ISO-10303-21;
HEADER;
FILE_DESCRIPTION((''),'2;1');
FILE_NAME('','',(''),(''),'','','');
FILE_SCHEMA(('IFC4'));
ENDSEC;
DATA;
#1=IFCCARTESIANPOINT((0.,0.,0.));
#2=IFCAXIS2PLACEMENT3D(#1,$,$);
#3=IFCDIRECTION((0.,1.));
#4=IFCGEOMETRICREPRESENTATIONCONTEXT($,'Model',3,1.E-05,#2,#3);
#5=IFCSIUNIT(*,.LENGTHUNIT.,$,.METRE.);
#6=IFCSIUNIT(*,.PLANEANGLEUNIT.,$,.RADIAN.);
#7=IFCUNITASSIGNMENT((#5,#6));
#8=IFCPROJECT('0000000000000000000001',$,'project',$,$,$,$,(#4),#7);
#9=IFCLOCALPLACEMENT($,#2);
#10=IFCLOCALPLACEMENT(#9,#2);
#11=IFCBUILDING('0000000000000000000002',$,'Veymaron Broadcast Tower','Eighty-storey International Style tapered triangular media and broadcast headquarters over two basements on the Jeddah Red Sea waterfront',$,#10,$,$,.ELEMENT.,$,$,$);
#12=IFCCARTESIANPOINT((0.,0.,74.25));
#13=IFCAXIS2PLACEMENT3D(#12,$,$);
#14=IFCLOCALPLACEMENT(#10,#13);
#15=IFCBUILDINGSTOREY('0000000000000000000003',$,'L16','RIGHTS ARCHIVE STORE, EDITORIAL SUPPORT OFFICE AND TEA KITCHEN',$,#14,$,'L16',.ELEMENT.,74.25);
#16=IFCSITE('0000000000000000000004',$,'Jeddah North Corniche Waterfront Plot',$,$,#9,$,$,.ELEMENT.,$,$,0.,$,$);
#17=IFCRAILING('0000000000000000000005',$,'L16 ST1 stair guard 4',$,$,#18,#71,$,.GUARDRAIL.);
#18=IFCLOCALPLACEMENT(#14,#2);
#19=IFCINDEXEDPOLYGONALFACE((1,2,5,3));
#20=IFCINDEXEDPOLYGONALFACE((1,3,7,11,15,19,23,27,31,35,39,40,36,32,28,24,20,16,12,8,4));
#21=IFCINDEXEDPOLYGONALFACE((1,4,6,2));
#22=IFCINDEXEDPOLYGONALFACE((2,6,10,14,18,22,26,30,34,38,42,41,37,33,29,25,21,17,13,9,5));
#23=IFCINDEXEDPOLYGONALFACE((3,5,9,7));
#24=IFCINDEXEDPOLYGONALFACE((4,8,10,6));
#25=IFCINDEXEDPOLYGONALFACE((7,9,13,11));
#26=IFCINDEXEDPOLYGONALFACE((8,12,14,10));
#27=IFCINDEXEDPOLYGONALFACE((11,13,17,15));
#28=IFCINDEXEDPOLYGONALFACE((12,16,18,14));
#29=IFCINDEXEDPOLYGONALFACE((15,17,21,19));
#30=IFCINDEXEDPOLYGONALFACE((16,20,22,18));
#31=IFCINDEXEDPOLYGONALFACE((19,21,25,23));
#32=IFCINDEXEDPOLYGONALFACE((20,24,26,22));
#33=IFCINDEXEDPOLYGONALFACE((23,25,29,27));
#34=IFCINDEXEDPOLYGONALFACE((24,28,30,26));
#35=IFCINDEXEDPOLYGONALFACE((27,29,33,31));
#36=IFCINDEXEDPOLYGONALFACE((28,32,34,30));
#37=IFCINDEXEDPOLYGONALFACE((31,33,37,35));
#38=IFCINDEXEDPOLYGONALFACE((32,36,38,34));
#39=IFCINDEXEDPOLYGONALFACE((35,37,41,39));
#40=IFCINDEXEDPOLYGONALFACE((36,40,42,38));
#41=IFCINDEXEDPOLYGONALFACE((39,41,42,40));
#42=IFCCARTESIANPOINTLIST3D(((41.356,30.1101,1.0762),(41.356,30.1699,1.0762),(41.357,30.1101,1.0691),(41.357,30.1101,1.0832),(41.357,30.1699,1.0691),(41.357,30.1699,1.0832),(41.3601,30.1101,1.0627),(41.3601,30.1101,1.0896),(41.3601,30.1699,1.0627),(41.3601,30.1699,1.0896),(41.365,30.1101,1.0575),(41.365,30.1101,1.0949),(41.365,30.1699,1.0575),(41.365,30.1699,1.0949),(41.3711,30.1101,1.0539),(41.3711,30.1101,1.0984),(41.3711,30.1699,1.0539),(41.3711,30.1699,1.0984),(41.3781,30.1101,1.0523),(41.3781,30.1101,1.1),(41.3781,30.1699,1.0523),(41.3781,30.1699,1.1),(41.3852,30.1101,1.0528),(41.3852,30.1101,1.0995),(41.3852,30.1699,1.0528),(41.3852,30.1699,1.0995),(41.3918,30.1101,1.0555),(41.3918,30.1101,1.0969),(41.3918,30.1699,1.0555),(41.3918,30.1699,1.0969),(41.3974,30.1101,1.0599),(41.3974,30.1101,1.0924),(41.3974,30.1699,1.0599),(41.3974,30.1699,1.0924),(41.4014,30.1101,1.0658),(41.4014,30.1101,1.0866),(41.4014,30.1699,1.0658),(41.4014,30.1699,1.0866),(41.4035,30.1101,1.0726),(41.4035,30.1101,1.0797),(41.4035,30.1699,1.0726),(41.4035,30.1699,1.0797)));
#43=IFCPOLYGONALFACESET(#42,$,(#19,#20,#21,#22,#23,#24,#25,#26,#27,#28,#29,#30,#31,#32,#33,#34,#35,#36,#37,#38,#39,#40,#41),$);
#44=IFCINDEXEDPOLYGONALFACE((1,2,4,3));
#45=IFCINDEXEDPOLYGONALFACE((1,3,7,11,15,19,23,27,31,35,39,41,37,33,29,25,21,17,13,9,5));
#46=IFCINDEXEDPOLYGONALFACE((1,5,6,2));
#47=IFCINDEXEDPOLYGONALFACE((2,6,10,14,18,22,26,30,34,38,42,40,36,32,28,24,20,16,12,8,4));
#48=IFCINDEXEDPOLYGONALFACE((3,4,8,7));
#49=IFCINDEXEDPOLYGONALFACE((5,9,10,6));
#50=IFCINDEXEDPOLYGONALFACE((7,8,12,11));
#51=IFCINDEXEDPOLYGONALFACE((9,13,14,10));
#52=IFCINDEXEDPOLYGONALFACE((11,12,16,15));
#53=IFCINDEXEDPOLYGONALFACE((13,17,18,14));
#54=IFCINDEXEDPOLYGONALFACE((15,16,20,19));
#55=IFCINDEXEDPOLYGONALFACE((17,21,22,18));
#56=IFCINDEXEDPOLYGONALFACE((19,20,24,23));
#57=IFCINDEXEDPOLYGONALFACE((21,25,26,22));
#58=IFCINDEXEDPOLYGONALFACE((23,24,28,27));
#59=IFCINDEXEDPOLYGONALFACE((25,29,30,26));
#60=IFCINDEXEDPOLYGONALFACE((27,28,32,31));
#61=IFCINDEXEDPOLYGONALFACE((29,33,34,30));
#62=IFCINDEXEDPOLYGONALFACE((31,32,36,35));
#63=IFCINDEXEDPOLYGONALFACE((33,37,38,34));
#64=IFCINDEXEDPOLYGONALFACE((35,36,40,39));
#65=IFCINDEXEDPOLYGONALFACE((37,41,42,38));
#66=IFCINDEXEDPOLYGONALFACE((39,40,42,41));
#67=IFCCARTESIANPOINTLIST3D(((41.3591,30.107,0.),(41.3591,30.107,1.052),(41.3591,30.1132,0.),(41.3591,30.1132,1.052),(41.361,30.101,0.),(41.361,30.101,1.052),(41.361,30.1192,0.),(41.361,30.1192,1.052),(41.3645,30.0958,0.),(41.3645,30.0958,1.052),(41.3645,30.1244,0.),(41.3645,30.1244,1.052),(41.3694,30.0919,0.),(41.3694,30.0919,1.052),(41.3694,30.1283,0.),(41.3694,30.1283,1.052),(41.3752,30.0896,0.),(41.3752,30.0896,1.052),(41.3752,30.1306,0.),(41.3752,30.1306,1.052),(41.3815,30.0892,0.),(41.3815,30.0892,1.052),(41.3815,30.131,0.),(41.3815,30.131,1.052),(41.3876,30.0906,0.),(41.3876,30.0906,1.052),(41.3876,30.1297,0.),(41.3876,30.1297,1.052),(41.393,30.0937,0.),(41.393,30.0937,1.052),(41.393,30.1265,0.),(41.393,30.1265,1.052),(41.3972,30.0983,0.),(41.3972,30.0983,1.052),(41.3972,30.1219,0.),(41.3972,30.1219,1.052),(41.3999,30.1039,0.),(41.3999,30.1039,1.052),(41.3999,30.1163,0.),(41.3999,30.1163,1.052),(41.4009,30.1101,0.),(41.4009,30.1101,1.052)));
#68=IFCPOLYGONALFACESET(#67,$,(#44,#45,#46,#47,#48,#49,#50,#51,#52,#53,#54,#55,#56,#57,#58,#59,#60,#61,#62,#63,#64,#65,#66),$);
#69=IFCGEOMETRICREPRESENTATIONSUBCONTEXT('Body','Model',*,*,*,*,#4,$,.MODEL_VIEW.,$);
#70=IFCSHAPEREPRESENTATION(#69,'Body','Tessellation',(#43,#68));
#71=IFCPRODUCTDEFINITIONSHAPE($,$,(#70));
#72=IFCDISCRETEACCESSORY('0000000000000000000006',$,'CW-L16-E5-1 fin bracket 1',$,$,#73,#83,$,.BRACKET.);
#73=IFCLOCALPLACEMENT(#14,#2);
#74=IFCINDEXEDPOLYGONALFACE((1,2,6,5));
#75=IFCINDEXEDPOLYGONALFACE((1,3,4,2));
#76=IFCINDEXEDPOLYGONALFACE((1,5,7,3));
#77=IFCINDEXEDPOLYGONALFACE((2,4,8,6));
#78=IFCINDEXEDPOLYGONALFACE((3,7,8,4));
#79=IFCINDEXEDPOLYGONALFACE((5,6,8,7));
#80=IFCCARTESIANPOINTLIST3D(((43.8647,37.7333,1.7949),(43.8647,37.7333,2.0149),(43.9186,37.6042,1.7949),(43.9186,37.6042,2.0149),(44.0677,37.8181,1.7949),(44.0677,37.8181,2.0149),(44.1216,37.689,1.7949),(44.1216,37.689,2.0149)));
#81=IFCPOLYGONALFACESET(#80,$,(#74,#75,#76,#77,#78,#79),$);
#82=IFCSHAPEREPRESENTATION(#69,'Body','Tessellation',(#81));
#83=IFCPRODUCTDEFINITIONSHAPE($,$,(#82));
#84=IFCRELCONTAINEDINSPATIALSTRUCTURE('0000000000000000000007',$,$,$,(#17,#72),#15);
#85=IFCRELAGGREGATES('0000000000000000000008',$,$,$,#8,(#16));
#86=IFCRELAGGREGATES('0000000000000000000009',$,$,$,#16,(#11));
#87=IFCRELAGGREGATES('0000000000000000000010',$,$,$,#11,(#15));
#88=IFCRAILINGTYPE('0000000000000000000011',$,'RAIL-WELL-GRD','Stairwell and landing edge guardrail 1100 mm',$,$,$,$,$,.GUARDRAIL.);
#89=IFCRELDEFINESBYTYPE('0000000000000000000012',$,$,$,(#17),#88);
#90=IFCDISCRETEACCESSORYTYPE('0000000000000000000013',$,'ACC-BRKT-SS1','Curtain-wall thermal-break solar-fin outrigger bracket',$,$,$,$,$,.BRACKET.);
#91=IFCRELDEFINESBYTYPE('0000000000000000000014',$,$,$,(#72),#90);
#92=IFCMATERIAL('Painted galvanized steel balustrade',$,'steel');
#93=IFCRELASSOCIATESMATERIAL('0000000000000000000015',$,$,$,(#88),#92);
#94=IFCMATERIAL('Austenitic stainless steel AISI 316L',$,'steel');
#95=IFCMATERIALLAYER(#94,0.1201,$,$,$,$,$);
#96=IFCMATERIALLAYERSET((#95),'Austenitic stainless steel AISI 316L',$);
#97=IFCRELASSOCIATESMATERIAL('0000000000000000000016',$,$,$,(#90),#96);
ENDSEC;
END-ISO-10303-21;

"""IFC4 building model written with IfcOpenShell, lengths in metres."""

from ifc_helpers import new_model, si_unit, direction, frame, origin, origin_2d, place, context, subcontext, project, spatial, rectangle, circle, extrude, material, layer, layer_set, type_object, element, save


model = new_model("IFC4")

# Units and contexts
model_context = context("Model", 3, precision=1e-05, world=origin(), true_north=direction((0.0, 1.0)))
body_context = subcontext(model_context, "Body", "Model", "MODEL_VIEW")
ifc_project = project(units=[si_unit("LENGTHUNIT", "METRE"), si_unit("PLANEANGLEUNIT", "RADIAN")], contexts=[model_context])

# Site, building, storey
site_placement = place(None, origin())
site = spatial("IfcSite", under=ifc_project, at=site_placement, Name="Jeddah North Corniche Waterfront Plot", CompositionType="ELEMENT", RefElevation=0.0)
building_placement = place(site_placement, origin())
building = spatial("IfcBuilding", under=site, at=building_placement, Name="Veymaron Broadcast Tower", Description="Eighty-storey International Style tapered triangular media and broadcast headquarters over two basements on the Jeddah Red Sea waterfront", CompositionType="ELEMENT")
storey_placement = place(building_placement, frame((0.0, 0.0, 74.25)))
storey = spatial("IfcBuildingStorey", under=building, at=storey_placement, Name="L16", Description="RIGHTS ARCHIVE STORE, EDITORIAL SUPPORT OFFICE AND TEA KITCHEN", LongName="L16", CompositionType="ELEMENT", Elevation=74.25)

# Railing
ifc_material_1 = material(Name="Painted galvanized steel balustrade", Category="steel")
railing_type_1 = type_object("IfcRailingType", Name="RAIL-WELL-GRD", Description="Stairwell and landing edge guardrail 1100 mm", PredefinedType="GUARDRAIL", material=ifc_material_1)
railing_1_placement = place(storey_placement, frame((41.3799, 30.1101, 0.0)))
element("IfcRailing", 1, at=railing_1_placement, inside=storey, type_object=railing_type_1, Name="L16 ST1 stair guard 4", PredefinedType="GUARDRAIL", context=body_context, shape_type="SweptSolid", body=[
    extrude(circle(Radius=0.0239, at=origin_2d()), frame((0.0, 0.0, 1.0762), z_axis=(0.0, 1.0, 0.0), x_axis=(-1.0, 0.0, 0.0)), (0.0, 0.0, 1.0), 0.0598),
    extrude(circle(Radius=0.021, at=origin_2d()), origin(), (0.0, 0.0, 1.0), 1.052),
])

# Discrete accessory
ifc_material_2 = material(Name="Austenitic stainless steel AISI 316L", Category="steel")
ifc_layer_1 = layer(ifc_material_2, 0.1201)
ifc_layer_set_1 = layer_set([ifc_layer_1], Name="Austenitic stainless steel AISI 316L")
discrete_accessory_type = type_object("IfcDiscreteAccessoryType", Name="ACC-BRKT-SS1", Description="Curtain-wall thermal-break solar-fin outrigger bracket", PredefinedType="BRACKET", material=ifc_layer_set_1)
discrete_accessory_placement = place(storey_placement, frame((43.9932, 37.7112, 1.7949), z_axis=(0.0, 0.0, 1.0), x_axis=(0.922713, 0.385487, 0.0)))
element("IfcDiscreteAccessory", 2, at=discrete_accessory_placement, inside=storey, type_object=discrete_accessory_type, Name="CW-L16-E5-1 fin bracket 1", PredefinedType="BRACKET", context=body_context, shape_type="SweptSolid", body=[
    extrude(rectangle(XDim=0.22, YDim=0.1399, at=origin_2d()), origin(), (0.0, 0.0, 1.0), 0.22),
])

save(model, "model.ifc")
